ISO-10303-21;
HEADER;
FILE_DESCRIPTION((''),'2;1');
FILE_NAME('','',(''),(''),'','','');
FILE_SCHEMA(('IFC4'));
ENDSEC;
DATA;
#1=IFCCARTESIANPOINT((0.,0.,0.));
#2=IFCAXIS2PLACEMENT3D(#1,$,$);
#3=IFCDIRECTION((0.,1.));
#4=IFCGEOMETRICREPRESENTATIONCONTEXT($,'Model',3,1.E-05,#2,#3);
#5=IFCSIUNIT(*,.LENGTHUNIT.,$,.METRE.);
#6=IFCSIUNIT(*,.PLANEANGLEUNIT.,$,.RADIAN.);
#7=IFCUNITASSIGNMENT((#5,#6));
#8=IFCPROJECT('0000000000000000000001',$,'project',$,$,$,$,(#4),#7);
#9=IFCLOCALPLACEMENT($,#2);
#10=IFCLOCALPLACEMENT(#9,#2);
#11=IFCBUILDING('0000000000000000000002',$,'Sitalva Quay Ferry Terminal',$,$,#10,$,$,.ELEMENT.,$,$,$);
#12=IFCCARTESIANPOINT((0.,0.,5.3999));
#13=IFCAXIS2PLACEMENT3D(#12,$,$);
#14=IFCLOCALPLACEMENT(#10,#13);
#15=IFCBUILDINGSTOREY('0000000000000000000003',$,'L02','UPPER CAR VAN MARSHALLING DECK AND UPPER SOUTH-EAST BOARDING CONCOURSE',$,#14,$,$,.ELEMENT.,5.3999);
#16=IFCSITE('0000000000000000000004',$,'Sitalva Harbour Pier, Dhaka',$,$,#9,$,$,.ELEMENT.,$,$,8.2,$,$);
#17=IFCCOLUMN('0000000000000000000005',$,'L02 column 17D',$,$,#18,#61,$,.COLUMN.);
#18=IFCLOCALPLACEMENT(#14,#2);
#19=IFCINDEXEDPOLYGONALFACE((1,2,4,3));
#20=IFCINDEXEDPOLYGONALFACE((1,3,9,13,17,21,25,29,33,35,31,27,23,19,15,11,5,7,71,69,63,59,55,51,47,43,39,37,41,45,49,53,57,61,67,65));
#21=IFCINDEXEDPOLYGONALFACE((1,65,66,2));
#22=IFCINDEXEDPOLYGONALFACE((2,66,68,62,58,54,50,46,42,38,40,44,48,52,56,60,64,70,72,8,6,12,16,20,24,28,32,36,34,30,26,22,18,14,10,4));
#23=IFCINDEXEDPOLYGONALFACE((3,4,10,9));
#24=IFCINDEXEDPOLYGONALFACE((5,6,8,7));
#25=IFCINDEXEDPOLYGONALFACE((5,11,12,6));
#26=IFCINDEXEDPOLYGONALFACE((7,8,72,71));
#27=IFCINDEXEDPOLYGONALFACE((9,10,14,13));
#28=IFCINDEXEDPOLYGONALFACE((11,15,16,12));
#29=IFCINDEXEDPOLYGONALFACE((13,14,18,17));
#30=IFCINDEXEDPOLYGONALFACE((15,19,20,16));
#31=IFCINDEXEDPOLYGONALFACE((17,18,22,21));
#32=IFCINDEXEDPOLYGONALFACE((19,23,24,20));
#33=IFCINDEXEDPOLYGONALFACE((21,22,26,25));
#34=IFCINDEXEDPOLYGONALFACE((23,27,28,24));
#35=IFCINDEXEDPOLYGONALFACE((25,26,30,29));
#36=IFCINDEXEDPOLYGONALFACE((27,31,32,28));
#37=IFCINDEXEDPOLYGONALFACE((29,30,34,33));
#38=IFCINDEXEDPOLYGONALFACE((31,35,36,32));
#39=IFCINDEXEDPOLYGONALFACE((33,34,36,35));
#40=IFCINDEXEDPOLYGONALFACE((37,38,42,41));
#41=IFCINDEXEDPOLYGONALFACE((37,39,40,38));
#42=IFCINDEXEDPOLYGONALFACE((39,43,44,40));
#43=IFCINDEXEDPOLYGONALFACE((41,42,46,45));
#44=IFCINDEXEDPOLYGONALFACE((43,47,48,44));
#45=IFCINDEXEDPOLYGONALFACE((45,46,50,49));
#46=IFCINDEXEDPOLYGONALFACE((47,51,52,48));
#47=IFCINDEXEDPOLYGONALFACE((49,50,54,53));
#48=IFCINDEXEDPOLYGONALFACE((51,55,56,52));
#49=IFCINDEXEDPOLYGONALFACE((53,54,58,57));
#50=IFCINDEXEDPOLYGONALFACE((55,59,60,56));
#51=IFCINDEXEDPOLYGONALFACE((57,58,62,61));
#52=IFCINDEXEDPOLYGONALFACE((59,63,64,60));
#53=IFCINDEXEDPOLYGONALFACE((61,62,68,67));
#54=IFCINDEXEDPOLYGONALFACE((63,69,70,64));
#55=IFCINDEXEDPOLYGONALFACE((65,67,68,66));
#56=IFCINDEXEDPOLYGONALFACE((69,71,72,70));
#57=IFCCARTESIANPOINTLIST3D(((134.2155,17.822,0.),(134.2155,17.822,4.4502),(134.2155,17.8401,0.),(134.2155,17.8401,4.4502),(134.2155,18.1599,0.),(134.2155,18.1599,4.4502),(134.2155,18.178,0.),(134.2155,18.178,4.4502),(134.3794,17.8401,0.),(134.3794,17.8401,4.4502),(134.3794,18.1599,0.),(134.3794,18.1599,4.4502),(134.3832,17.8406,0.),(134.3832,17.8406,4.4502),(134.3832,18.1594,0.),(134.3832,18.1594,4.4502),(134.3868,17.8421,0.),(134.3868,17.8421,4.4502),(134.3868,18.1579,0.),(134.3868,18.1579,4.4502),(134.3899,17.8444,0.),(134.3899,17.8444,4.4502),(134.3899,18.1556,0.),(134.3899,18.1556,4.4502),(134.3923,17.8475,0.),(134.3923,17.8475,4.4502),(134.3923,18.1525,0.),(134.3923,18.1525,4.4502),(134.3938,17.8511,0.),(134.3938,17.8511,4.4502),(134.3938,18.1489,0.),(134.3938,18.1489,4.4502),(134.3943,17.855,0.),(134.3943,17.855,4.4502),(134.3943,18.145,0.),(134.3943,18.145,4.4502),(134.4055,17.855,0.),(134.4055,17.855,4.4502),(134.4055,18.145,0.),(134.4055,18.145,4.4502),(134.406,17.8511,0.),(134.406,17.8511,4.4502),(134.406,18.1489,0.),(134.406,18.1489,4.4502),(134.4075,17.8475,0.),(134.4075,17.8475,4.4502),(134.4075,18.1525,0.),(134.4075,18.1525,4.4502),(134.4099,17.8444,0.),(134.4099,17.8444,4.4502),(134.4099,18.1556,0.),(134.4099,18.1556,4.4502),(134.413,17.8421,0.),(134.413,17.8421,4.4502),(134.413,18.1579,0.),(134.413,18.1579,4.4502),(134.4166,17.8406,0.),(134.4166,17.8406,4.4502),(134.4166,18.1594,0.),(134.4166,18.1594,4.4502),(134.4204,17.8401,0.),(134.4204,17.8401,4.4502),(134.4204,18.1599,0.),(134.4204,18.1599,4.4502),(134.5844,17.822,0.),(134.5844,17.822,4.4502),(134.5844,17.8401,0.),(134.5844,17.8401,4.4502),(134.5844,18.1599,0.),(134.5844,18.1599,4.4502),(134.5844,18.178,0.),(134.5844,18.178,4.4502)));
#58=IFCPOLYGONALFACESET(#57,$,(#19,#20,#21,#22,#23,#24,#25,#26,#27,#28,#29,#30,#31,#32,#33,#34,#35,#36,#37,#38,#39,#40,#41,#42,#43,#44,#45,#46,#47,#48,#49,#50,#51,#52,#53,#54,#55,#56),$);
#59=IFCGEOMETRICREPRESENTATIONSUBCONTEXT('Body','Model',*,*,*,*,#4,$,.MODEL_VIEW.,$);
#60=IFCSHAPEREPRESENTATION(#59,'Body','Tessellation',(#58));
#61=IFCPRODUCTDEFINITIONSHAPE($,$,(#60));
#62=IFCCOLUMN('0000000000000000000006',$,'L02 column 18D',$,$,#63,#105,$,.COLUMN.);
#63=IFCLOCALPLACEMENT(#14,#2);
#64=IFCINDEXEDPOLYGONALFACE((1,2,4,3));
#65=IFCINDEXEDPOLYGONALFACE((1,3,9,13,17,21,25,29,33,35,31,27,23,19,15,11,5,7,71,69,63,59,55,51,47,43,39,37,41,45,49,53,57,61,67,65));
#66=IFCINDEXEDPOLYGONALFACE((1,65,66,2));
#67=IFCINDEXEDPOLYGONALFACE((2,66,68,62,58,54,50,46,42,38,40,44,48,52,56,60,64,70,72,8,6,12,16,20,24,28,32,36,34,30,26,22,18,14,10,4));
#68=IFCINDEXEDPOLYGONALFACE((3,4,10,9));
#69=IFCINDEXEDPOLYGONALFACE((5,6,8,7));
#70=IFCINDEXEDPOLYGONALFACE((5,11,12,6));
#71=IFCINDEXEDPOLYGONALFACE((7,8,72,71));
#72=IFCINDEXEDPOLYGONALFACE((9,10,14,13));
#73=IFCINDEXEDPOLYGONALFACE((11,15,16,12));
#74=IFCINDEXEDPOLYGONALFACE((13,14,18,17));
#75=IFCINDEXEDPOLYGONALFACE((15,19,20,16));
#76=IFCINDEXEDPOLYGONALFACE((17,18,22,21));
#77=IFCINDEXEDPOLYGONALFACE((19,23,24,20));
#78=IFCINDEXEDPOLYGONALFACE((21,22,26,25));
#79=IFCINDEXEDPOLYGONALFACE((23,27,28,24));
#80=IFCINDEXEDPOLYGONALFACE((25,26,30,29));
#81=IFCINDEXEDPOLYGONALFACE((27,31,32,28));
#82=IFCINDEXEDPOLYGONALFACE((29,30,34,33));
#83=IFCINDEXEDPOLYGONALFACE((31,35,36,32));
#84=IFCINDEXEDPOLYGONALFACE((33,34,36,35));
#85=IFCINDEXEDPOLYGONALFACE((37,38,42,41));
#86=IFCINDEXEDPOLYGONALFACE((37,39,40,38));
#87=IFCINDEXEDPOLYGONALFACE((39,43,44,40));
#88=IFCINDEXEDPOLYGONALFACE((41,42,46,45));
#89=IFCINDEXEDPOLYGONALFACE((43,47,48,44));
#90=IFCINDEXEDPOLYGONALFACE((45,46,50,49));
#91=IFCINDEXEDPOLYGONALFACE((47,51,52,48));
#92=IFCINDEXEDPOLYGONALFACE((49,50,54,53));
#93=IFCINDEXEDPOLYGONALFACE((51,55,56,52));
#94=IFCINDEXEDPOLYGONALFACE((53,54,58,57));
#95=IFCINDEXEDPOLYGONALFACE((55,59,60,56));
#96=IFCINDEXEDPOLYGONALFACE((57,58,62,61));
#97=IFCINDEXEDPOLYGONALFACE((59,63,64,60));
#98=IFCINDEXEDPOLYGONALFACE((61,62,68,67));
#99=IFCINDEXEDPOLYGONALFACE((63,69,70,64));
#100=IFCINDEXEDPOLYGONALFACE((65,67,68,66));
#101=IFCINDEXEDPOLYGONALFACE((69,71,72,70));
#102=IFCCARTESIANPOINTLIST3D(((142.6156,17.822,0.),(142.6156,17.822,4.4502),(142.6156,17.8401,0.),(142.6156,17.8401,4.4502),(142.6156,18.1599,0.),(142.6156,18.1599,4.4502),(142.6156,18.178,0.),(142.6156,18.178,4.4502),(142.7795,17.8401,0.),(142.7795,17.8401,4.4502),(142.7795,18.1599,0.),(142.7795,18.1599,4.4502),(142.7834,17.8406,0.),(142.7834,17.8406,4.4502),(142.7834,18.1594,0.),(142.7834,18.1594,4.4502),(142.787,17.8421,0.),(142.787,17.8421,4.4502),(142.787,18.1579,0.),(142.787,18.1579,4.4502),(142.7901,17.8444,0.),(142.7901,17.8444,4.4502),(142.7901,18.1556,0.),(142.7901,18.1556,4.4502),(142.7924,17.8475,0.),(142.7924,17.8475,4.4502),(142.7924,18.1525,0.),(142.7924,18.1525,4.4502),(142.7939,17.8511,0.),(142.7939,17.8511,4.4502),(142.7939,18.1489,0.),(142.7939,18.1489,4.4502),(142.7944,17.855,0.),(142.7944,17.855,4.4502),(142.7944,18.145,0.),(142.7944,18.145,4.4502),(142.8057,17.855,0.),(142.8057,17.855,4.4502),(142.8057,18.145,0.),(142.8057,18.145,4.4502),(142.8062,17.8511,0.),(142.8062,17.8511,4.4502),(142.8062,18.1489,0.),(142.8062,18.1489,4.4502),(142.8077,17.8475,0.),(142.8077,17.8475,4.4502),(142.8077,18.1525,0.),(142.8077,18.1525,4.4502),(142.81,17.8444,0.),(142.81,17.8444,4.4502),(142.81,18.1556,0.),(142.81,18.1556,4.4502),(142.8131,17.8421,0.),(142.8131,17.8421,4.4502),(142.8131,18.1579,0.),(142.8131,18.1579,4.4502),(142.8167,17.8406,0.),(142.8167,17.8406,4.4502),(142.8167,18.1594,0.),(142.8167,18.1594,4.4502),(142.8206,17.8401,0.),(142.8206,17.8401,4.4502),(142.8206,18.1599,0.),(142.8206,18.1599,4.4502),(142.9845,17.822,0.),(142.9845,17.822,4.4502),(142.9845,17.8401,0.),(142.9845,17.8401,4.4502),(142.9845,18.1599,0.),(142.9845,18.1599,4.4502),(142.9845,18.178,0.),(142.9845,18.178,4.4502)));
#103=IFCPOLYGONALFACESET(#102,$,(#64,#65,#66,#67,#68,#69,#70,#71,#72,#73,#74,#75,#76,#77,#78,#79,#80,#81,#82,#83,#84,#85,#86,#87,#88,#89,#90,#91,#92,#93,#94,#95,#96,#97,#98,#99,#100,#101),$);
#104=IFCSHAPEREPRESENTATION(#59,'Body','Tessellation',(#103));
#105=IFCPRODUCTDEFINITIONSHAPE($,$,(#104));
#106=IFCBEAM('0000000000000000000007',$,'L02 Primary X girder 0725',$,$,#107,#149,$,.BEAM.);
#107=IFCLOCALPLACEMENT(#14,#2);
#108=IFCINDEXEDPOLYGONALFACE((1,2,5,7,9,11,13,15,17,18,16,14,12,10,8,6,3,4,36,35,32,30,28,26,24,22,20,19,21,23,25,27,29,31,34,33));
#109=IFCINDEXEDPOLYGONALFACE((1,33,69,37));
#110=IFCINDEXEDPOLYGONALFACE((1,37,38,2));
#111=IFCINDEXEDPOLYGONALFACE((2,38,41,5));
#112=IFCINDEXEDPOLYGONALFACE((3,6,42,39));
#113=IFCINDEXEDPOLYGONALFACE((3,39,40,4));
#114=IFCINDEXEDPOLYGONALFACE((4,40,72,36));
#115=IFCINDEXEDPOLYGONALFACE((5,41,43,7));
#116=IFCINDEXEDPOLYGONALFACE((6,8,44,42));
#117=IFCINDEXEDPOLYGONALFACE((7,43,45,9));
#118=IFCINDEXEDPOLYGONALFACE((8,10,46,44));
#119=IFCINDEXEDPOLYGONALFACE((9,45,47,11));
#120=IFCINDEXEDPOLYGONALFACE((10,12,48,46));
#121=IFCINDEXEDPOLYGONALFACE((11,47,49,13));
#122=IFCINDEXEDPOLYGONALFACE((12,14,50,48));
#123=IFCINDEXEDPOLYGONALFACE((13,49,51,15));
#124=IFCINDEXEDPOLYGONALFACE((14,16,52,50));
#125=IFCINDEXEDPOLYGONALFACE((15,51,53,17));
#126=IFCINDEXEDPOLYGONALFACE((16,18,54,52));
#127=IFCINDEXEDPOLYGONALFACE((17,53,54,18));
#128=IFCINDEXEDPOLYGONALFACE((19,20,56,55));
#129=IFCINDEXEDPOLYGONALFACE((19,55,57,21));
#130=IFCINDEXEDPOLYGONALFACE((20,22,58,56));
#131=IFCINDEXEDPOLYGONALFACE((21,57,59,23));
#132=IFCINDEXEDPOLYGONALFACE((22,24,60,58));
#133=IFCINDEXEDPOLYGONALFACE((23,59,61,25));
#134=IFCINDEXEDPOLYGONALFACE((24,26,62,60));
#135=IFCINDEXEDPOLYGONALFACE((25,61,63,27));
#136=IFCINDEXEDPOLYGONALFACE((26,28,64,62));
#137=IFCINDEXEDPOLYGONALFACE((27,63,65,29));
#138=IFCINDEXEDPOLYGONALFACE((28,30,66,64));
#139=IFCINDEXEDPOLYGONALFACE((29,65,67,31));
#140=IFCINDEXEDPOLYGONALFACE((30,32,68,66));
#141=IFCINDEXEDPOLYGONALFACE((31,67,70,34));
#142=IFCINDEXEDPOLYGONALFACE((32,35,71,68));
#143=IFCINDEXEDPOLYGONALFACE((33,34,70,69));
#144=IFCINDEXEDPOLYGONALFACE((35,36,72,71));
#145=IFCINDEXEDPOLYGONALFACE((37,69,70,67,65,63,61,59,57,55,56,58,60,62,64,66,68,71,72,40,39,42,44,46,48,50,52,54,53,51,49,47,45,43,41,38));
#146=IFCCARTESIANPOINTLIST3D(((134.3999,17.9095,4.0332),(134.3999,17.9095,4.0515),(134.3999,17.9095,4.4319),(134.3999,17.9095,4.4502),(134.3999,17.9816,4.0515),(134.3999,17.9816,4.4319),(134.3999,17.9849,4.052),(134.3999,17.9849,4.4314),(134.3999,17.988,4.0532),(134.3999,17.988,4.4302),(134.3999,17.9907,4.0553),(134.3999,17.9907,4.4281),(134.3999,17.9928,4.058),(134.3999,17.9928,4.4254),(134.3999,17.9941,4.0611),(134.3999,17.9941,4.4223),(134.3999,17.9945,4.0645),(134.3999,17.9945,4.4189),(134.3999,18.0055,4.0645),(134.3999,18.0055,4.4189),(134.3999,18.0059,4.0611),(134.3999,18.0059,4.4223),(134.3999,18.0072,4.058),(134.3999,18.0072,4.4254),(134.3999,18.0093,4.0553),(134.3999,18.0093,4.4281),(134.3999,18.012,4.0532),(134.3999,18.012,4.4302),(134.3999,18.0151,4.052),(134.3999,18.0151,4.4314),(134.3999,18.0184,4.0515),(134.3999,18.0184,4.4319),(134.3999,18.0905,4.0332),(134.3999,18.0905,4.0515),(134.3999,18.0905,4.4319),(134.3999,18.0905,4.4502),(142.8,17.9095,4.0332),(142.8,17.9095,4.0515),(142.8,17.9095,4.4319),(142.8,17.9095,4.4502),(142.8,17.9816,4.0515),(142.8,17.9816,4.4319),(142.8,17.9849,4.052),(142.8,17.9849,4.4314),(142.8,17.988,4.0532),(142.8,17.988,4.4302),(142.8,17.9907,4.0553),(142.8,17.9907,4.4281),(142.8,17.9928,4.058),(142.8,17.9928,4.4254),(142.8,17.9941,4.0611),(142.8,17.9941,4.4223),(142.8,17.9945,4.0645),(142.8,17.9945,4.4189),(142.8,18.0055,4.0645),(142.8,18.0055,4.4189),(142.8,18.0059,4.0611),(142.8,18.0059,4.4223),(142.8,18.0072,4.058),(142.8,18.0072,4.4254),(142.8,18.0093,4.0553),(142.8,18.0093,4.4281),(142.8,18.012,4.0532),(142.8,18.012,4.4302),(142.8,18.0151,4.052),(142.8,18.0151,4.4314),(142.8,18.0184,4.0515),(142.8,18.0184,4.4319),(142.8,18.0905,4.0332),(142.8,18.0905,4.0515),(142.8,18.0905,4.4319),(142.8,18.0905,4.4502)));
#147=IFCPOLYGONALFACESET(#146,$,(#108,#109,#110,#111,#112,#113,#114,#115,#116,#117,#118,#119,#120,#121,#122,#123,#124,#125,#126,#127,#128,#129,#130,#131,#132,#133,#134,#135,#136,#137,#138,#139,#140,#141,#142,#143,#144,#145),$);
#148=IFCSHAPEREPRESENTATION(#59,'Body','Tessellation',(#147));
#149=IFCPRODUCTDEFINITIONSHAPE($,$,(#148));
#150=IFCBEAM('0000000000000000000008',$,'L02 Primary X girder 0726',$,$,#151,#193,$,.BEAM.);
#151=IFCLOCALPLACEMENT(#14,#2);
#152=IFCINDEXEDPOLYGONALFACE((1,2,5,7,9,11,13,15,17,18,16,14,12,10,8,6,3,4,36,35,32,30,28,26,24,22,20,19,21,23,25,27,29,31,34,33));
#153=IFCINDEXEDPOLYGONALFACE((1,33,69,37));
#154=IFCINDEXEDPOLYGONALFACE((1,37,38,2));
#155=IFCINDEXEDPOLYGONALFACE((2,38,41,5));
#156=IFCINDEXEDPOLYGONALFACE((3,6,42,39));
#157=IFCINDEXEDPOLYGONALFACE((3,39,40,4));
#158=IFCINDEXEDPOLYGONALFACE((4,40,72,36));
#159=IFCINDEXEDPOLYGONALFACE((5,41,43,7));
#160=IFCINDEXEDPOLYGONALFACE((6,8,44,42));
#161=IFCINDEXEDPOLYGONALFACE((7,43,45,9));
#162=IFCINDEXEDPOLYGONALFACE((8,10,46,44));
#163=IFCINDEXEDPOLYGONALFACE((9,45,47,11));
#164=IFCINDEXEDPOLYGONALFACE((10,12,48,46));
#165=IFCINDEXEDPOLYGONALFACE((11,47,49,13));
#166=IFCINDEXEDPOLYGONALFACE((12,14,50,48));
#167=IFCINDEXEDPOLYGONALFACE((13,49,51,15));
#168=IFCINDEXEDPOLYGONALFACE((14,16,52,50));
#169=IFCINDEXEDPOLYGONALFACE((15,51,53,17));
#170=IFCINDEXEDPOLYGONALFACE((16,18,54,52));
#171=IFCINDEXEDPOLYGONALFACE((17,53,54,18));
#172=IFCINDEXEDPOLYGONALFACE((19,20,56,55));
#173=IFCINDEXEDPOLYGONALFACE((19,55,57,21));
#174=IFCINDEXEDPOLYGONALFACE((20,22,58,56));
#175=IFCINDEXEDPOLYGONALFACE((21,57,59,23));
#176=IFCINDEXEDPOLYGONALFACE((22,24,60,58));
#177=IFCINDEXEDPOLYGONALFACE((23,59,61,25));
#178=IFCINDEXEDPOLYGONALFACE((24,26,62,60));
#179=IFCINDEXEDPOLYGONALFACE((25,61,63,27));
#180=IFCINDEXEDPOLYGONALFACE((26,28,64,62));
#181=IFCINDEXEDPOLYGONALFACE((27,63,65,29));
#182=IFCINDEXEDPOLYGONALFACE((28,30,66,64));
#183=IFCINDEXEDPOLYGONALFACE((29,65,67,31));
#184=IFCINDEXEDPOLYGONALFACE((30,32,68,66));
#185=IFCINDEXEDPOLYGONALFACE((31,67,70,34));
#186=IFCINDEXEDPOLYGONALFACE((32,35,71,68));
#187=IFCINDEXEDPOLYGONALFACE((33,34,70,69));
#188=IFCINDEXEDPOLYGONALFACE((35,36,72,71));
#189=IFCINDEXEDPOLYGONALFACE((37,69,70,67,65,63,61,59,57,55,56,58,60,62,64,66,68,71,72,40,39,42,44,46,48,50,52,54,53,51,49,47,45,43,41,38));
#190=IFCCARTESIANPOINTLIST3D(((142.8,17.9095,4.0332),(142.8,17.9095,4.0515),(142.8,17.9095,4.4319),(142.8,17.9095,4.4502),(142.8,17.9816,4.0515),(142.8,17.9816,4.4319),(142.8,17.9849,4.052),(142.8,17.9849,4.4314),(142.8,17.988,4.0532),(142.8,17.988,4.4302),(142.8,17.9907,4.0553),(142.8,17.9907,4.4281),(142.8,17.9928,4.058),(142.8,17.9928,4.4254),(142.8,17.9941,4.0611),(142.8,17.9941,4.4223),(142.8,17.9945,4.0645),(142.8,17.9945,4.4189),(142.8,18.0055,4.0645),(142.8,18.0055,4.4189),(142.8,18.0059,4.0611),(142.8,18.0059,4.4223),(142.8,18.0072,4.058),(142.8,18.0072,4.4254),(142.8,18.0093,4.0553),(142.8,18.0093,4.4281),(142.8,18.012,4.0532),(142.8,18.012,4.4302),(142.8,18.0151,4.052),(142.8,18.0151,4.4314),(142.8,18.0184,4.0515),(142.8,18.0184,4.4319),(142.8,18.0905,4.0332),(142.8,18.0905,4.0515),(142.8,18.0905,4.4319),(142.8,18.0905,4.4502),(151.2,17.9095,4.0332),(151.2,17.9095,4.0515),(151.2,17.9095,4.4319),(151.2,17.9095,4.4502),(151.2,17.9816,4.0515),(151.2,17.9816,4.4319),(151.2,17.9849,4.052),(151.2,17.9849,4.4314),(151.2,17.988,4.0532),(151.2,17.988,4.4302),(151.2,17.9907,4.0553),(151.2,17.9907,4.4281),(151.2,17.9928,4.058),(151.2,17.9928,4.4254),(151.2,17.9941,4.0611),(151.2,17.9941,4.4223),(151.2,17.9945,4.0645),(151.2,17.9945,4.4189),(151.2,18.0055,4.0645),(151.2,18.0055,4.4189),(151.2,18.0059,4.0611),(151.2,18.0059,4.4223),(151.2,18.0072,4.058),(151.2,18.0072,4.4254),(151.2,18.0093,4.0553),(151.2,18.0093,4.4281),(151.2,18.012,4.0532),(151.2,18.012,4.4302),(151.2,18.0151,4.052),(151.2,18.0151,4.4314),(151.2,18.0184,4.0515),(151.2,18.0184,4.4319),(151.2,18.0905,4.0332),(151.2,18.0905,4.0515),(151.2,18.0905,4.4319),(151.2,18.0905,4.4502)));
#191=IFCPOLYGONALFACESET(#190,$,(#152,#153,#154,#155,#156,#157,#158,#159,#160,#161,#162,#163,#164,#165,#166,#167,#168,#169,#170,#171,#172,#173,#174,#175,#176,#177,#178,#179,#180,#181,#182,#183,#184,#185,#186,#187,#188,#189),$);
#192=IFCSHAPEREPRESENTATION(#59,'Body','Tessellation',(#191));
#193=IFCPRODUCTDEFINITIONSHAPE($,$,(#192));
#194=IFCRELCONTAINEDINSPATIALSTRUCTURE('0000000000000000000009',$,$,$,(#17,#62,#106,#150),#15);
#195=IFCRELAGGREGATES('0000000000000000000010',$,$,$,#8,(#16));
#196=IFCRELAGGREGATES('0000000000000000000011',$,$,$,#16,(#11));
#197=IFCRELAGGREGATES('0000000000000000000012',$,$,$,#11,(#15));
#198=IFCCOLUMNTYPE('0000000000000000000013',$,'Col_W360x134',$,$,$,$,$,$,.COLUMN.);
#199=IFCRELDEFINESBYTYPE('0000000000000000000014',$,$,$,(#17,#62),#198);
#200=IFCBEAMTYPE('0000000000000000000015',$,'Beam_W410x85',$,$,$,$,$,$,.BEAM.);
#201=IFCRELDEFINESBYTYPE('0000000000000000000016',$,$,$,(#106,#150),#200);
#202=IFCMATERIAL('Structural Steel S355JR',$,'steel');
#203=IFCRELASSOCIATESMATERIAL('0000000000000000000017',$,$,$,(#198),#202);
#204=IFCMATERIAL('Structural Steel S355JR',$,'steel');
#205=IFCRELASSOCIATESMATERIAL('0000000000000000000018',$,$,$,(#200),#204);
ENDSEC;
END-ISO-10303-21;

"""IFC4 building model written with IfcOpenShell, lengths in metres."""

from ifc_helpers import new_model, si_unit, direction, frame, origin, origin_2d, place, context, subcontext, project, spatial, i_section, extrude, material, material_profile, profile_set, type_object, element, save


model = new_model("IFC4")

# Units and contexts
model_context = context("Model", 3, precision=1e-05, world=origin(), true_north=direction((0.0, 1.0)))
body_context = subcontext(model_context, "Body", "Model", "MODEL_VIEW")
ifc_project = project(units=[si_unit("LENGTHUNIT", "METRE"), si_unit("PLANEANGLEUNIT", "RADIAN")], contexts=[model_context])

# Site, building, storey
site_placement = place(None, origin())
site = spatial("IfcSite", under=ifc_project, at=site_placement, Name="Sitalva Harbour Pier, Dhaka", CompositionType="ELEMENT", RefElevation=8.2)
building_placement = place(site_placement, origin())
building = spatial("IfcBuilding", under=site, at=building_placement, Name="Sitalva Quay Ferry Terminal", CompositionType="ELEMENT")
storey_placement = place(building_placement, frame((0.0, 0.0, 5.3999)))
storey = spatial("IfcBuildingStorey", under=building, at=storey_placement, Name="L02", Description="UPPER CAR VAN MARSHALLING DECK AND UPPER SOUTH-EAST BOARDING CONCOURSE", CompositionType="ELEMENT", Elevation=5.3999)

# Columns
ifc_material_1 = material(Name="Structural Steel S355JR", Category="steel")
ifc_material_profile_1 = material_profile(ifc_material_1, i_section(OverallWidth=0.3689, OverallDepth=0.356, WebThickness=0.0112, FlangeThickness=0.0181, FilletRadius=0.0149, at=origin_2d()), Name="W360x134")
ifc_profile_set_1 = profile_set([ifc_material_profile_1], Name="Structural Steel S355JR")
column_type = type_object("IfcColumnType", Name="Col_W360x134", PredefinedType="COLUMN", material=ifc_profile_set_1)
for number, where, z_axis, x_axis, name in (
    (1, (134.3999, 18.0, 0.0), (0.0, 0.0, 1.0), (1.0, 0.0, 0.0), "L02 column 17D"),
    (2, (142.8, 18.0, 0.0), (0.0, 0.0, 1.0), (1.0, 0.0, 0.0), "L02 column 18D"),
):
    element("IfcColumn", number, at=place(storey_placement, frame(where, z_axis=z_axis, x_axis=x_axis)), inside=storey, type_object=column_type, Name=name, PredefinedType="COLUMN", context=body_context, shape_type="SweptSolid", body=[
        extrude(i_section(OverallWidth=0.3689, OverallDepth=0.356, WebThickness=0.0112, FlangeThickness=0.0181, FilletRadius=0.0149, at=origin_2d()), origin(), (0.0, 0.0, 1.0), 4.4502),
    ])

# Beams
ifc_material_2 = material(Name="Structural Steel S355JR", Category="steel")
ifc_material_profile_2 = material_profile(ifc_material_2, i_section(OverallWidth=0.1809, OverallDepth=0.417, WebThickness=0.011, FlangeThickness=0.0183, FilletRadius=0.0129, at=origin_2d()), Name="W410x85")
ifc_profile_set_2 = profile_set([ifc_material_profile_2], Name="Structural Steel S355JR")
beam_type_1 = type_object("IfcBeamType", Name="Beam_W410x85", PredefinedType="BEAM", material=ifc_profile_set_2)
beam_1_placement = place(storey_placement, frame((134.3999, 18.0, 4.2417), z_axis=(1.0, 0.0, 0.0), x_axis=(0.0, 1.0, 0.0)))
element("IfcBeam", 3, at=beam_1_placement, inside=storey, type_object=beam_type_1, Name="L02 Primary X girder 0725", PredefinedType="BEAM", context=body_context, shape_type="SweptSolid", body=[
    extrude(i_section(OverallWidth=0.1809, OverallDepth=0.417, WebThickness=0.011, FlangeThickness=0.0183, FilletRadius=0.0129, at=origin_2d()), origin(), (0.0, 0.0, 1.0), 8.4001),
])
beam_2_placement = place(storey_placement, frame((142.8, 18.0, 4.2417), z_axis=(1.0, 0.0, 0.0), x_axis=(0.0, 1.0, 0.0)))
element("IfcBeam", 4, at=beam_2_placement, inside=storey, type_object=beam_type_1, Name="L02 Primary X girder 0726", PredefinedType="BEAM", context=body_context, shape_type="SweptSolid", body=[
    extrude(i_section(OverallWidth=0.1809, OverallDepth=0.417, WebThickness=0.011, FlangeThickness=0.0183, FilletRadius=0.0129, at=origin_2d()), origin(), (0.0, 0.0, 1.0), 8.3999),
])

save(model, "model.ifc")
